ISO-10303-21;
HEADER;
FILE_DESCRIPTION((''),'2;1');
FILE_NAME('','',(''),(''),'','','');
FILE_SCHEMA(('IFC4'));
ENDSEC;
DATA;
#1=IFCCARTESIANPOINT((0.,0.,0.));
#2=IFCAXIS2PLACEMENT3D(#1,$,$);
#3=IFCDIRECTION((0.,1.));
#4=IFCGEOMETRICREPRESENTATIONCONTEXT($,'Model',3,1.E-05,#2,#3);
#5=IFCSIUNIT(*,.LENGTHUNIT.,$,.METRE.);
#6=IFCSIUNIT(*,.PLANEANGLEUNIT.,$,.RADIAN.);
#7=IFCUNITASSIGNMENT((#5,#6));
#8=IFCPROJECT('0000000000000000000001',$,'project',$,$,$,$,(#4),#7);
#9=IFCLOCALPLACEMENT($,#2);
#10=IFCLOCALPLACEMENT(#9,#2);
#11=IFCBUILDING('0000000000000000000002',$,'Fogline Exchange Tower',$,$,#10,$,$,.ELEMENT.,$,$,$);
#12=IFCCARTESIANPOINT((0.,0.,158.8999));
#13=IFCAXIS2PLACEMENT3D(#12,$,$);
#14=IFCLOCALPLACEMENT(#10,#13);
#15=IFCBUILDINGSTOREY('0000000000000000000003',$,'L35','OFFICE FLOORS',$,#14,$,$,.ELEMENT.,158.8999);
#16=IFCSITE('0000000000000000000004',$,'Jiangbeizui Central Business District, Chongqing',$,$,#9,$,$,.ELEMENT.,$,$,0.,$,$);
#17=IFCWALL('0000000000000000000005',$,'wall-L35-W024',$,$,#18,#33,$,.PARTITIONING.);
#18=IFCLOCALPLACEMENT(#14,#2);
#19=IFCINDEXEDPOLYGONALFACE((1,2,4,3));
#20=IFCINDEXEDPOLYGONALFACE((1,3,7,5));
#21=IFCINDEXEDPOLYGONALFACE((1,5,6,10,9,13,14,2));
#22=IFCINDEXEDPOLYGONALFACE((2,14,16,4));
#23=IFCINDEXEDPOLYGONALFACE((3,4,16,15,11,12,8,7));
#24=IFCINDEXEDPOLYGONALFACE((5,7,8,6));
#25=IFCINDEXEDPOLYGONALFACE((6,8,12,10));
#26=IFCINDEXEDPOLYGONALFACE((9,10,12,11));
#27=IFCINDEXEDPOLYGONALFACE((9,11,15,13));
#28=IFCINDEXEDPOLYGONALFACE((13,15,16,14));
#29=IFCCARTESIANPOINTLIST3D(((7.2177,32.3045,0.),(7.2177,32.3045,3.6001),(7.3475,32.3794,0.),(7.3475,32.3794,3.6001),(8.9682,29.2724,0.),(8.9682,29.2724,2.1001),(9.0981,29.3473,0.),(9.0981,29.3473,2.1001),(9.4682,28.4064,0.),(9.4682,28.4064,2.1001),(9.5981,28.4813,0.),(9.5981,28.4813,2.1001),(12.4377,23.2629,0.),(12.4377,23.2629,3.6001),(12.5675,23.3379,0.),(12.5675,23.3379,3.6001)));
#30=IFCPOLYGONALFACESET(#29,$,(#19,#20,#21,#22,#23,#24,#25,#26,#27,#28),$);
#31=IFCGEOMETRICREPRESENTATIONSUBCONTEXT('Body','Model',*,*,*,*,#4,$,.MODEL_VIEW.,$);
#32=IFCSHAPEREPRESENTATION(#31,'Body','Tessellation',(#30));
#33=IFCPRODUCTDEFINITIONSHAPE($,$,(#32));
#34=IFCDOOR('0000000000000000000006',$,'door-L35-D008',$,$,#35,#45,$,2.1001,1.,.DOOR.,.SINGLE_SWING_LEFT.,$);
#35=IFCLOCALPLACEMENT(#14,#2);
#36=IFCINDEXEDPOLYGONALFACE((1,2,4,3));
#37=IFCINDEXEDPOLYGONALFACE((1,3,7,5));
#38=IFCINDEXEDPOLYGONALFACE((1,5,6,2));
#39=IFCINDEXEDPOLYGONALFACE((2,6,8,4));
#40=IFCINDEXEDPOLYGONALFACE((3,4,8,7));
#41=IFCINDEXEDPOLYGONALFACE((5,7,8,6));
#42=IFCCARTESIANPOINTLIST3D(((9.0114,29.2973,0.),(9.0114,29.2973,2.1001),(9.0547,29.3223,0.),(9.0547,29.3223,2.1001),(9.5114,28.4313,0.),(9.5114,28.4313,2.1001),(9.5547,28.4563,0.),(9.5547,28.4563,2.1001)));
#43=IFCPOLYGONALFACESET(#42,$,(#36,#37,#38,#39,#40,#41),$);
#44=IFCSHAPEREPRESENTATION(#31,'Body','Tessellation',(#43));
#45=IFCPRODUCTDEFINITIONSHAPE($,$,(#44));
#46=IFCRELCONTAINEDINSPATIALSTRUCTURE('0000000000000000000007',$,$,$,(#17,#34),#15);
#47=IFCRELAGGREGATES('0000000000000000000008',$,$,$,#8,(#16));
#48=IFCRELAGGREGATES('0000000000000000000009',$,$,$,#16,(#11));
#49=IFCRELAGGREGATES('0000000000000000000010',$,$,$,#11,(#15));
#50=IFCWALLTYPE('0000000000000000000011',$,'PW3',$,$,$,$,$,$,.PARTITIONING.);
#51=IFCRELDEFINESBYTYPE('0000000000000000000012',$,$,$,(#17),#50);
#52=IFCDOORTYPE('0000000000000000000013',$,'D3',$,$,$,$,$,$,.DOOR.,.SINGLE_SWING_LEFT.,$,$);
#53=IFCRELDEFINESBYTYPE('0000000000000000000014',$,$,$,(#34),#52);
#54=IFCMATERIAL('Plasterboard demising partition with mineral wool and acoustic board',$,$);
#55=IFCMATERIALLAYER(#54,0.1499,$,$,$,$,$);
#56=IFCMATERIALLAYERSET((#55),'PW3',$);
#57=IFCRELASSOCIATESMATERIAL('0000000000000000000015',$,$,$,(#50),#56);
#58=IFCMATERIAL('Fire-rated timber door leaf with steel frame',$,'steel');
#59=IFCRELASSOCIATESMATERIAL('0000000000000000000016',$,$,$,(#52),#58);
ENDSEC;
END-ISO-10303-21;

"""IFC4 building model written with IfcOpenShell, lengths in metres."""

from ifc_helpers import new_model, si_unit, direction, frame, frame_2d, origin, place, context, subcontext, project, spatial, rectangle, extrude, material, layer, layer_set, type_object, element, fill, save


model = new_model("IFC4")

# Units and contexts
model_context = context("Model", 3, precision=1e-05, world=origin(), true_north=direction((0.0, 1.0)))
body_context = subcontext(model_context, "Body", "Model", "MODEL_VIEW")
ifc_project = project(units=[si_unit("LENGTHUNIT", "METRE"), si_unit("PLANEANGLEUNIT", "RADIAN")], contexts=[model_context])

# Site, building, storey
site_placement = place(None, origin())
site = spatial("IfcSite", under=ifc_project, at=site_placement, Name="Jiangbeizui Central Business District, Chongqing", CompositionType="ELEMENT", RefElevation=0.0)
building_placement = place(site_placement, origin())
building = spatial("IfcBuilding", under=site, at=building_placement, Name="Fogline Exchange Tower", CompositionType="ELEMENT")
storey_placement = place(building_placement, frame((0.0, 0.0, 158.8999)))
storey = spatial("IfcBuildingStorey", under=building, at=storey_placement, Name="L35", Description="OFFICE FLOORS", CompositionType="ELEMENT", Elevation=158.8999)

# Wall, opening, door
ifc_material_1 = material(Name="Plasterboard demising partition with mineral wool and acoustic board")
ifc_layer_1 = layer(ifc_material_1, 0.1499)
ifc_layer_set_1 = layer_set([ifc_layer_1], Name="PW3")
wall_type_1 = type_object("IfcWallType", Name="PW3", PredefinedType="PARTITIONING", material=ifc_layer_set_1)
wall_1_placement = place(storey_placement, frame((12.5027, 23.3003, 0.0), z_axis=(0.0, 0.0, 1.0), x_axis=(-0.49999, 0.866031, 0.0)))
wall_1 = element("IfcWall", 1, at=wall_1_placement, inside=storey, type_object=wall_type_1, Name="wall-L35-W024", PredefinedType="PARTITIONING", context=body_context, shape_type="SweptSolid", body=[
    extrude(rectangle(XDim=10.4402, YDim=0.1499, at=frame_2d((5.2202, 0.0))), origin(), (0.0, 0.0, 1.0), 3.6001),
])
opening_1_placement = place(wall_1_placement, frame((5.9392, 0.0, 0.0)))
opening_1 = element("IfcOpeningElement", 2, at=opening_1_placement, cuts=wall_1, PredefinedType="OPENING", context=body_context, shape_type="SweptSolid", body=[
    extrude(rectangle(XDim=1.0, YDim=2.1001, at=frame_2d((0.5, 1.05))), frame((0.0, 0.085, 0.0), z_axis=(0.0, -1.0, 0.0), x_axis=(1.0, 0.0, 0.0)), (0.0, 0.0, 1.0), 0.1699),
])
ifc_material_2 = material(Name="Fire-rated timber door leaf with steel frame", Category="steel")
door_type_1 = type_object("IfcDoorType", Name="D3", OperationType="SINGLE_SWING_LEFT", PredefinedType="DOOR", material=ifc_material_2)
door_1_placement = place(opening_1_placement, frame((1.0, 0.0, 0.0), z_axis=(0.0, 0.0, 1.0), x_axis=(-1.0, 0.0, 0.0)))
door_1 = element("IfcDoor", 3, at=door_1_placement, inside=storey, type_object=door_type_1, Name="door-L35-D008", OperationType="SINGLE_SWING_LEFT", OverallHeight=2.1001, OverallWidth=1.0, PredefinedType="DOOR", context=body_context, shape_type="SweptSolid", body=[
    extrude(rectangle(XDim=1.0, YDim=2.1001, at=frame_2d((0.5, 1.05))), frame((0.0, 0.0249, 0.0), z_axis=(0.0, -1.0, 0.0), x_axis=(1.0, 0.0, 0.0)), (0.0, 0.0, 1.0), 0.05),
])
fill(opening_1, door_1)

save(model, "model.ifc")
